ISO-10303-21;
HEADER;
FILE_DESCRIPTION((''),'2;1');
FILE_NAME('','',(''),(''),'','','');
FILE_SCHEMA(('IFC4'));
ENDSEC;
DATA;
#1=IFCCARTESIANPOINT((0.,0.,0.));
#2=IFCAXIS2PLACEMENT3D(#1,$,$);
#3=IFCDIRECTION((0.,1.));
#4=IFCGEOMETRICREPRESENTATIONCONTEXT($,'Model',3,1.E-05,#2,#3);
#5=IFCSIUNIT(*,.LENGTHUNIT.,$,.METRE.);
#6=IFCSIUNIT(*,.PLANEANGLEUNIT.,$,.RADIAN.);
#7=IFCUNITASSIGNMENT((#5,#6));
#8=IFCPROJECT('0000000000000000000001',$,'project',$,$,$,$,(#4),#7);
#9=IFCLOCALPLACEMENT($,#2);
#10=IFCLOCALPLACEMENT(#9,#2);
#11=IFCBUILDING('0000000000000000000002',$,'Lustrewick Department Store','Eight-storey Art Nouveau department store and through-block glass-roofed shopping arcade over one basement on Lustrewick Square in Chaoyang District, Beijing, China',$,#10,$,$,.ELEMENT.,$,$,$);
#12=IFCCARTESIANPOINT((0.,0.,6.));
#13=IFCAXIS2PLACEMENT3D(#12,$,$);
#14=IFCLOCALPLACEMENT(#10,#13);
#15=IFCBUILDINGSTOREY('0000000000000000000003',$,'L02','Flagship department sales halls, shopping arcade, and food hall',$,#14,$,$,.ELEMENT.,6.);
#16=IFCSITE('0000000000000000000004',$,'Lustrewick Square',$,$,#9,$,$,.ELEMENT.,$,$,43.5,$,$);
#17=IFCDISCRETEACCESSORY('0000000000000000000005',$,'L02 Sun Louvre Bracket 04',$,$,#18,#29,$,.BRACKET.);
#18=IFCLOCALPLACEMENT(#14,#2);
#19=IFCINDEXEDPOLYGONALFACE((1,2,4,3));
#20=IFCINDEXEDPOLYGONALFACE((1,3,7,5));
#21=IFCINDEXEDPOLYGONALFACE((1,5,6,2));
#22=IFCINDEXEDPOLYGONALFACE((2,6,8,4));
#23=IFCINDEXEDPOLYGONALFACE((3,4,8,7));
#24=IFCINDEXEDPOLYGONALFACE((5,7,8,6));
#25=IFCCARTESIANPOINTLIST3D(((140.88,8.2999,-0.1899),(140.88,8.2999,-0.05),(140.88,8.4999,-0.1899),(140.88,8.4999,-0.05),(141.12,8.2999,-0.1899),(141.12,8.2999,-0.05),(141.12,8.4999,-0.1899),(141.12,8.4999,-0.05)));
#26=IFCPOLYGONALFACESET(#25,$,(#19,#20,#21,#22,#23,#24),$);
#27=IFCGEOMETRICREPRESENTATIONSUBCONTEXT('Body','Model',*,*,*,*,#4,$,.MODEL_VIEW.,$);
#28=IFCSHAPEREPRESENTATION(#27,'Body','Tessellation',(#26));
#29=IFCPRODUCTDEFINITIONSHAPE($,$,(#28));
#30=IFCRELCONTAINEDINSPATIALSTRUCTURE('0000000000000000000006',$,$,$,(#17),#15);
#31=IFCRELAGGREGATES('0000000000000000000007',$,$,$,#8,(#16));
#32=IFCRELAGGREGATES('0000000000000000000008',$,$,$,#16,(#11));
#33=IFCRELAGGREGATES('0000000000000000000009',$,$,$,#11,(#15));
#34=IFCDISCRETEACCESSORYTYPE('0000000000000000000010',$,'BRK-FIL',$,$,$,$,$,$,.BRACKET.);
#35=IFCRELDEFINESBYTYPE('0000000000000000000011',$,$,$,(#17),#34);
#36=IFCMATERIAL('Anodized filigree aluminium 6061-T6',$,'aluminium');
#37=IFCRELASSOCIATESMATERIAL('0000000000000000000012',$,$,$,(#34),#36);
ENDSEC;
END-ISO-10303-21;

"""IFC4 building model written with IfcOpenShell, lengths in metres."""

from ifc_helpers import new_model, si_unit, direction, frame, origin, origin_2d, place, context, subcontext, project, spatial, rectangle, extrude, material, type_object, element, save


model = new_model("IFC4")

# Units and contexts
model_context = context("Model", 3, precision=1e-05, world=origin(), true_north=direction((0.0, 1.0)))
body_context = subcontext(model_context, "Body", "Model", "MODEL_VIEW")
ifc_project = project(units=[si_unit("LENGTHUNIT", "METRE"), si_unit("PLANEANGLEUNIT", "RADIAN")], contexts=[model_context])

# Site, building, storey
site_placement = place(None, origin())
site = spatial("IfcSite", under=ifc_project, at=site_placement, Name="Lustrewick Square", CompositionType="ELEMENT", RefElevation=43.5)
building_placement = place(site_placement, origin())
building = spatial("IfcBuilding", under=site, at=building_placement, Name="Lustrewick Department Store", Description="Eight-storey Art Nouveau department store and through-block glass-roofed shopping arcade over one basement on Lustrewick Square in Chaoyang District, Beijing, China", CompositionType="ELEMENT")
storey_placement = place(building_placement, frame((0.0, 0.0, 6.0)))
storey = spatial("IfcBuildingStorey", under=building, at=storey_placement, Name="L02", Description="Flagship department sales halls, shopping arcade, and food hall", CompositionType="ELEMENT", Elevation=6.0)

# Discrete accessory
ifc_material_1 = material(Name="Anodized filigree aluminium 6061-T6", Category="aluminium")
discrete_accessory_type = type_object("IfcDiscreteAccessoryType", Name="BRK-FIL", PredefinedType="BRACKET", material=ifc_material_1)
discrete_accessory_placement = place(storey_placement, frame((141.0, 8.3999, -0.1899), z_axis=(0.0, 0.0, 1.0), x_axis=(1.0, 0.0, 0.0)))
element("IfcDiscreteAccessory", 1, at=discrete_accessory_placement, inside=storey, type_object=discrete_accessory_type, Name="L02 Sun Louvre Bracket 04", PredefinedType="BRACKET", context=body_context, shape_type="SweptSolid", body=[
    extrude(rectangle(XDim=0.24, YDim=0.2, at=origin_2d()), origin(), (0.0, 0.0, 1.0), 0.1399),
])

save(model, "model.ifc")
